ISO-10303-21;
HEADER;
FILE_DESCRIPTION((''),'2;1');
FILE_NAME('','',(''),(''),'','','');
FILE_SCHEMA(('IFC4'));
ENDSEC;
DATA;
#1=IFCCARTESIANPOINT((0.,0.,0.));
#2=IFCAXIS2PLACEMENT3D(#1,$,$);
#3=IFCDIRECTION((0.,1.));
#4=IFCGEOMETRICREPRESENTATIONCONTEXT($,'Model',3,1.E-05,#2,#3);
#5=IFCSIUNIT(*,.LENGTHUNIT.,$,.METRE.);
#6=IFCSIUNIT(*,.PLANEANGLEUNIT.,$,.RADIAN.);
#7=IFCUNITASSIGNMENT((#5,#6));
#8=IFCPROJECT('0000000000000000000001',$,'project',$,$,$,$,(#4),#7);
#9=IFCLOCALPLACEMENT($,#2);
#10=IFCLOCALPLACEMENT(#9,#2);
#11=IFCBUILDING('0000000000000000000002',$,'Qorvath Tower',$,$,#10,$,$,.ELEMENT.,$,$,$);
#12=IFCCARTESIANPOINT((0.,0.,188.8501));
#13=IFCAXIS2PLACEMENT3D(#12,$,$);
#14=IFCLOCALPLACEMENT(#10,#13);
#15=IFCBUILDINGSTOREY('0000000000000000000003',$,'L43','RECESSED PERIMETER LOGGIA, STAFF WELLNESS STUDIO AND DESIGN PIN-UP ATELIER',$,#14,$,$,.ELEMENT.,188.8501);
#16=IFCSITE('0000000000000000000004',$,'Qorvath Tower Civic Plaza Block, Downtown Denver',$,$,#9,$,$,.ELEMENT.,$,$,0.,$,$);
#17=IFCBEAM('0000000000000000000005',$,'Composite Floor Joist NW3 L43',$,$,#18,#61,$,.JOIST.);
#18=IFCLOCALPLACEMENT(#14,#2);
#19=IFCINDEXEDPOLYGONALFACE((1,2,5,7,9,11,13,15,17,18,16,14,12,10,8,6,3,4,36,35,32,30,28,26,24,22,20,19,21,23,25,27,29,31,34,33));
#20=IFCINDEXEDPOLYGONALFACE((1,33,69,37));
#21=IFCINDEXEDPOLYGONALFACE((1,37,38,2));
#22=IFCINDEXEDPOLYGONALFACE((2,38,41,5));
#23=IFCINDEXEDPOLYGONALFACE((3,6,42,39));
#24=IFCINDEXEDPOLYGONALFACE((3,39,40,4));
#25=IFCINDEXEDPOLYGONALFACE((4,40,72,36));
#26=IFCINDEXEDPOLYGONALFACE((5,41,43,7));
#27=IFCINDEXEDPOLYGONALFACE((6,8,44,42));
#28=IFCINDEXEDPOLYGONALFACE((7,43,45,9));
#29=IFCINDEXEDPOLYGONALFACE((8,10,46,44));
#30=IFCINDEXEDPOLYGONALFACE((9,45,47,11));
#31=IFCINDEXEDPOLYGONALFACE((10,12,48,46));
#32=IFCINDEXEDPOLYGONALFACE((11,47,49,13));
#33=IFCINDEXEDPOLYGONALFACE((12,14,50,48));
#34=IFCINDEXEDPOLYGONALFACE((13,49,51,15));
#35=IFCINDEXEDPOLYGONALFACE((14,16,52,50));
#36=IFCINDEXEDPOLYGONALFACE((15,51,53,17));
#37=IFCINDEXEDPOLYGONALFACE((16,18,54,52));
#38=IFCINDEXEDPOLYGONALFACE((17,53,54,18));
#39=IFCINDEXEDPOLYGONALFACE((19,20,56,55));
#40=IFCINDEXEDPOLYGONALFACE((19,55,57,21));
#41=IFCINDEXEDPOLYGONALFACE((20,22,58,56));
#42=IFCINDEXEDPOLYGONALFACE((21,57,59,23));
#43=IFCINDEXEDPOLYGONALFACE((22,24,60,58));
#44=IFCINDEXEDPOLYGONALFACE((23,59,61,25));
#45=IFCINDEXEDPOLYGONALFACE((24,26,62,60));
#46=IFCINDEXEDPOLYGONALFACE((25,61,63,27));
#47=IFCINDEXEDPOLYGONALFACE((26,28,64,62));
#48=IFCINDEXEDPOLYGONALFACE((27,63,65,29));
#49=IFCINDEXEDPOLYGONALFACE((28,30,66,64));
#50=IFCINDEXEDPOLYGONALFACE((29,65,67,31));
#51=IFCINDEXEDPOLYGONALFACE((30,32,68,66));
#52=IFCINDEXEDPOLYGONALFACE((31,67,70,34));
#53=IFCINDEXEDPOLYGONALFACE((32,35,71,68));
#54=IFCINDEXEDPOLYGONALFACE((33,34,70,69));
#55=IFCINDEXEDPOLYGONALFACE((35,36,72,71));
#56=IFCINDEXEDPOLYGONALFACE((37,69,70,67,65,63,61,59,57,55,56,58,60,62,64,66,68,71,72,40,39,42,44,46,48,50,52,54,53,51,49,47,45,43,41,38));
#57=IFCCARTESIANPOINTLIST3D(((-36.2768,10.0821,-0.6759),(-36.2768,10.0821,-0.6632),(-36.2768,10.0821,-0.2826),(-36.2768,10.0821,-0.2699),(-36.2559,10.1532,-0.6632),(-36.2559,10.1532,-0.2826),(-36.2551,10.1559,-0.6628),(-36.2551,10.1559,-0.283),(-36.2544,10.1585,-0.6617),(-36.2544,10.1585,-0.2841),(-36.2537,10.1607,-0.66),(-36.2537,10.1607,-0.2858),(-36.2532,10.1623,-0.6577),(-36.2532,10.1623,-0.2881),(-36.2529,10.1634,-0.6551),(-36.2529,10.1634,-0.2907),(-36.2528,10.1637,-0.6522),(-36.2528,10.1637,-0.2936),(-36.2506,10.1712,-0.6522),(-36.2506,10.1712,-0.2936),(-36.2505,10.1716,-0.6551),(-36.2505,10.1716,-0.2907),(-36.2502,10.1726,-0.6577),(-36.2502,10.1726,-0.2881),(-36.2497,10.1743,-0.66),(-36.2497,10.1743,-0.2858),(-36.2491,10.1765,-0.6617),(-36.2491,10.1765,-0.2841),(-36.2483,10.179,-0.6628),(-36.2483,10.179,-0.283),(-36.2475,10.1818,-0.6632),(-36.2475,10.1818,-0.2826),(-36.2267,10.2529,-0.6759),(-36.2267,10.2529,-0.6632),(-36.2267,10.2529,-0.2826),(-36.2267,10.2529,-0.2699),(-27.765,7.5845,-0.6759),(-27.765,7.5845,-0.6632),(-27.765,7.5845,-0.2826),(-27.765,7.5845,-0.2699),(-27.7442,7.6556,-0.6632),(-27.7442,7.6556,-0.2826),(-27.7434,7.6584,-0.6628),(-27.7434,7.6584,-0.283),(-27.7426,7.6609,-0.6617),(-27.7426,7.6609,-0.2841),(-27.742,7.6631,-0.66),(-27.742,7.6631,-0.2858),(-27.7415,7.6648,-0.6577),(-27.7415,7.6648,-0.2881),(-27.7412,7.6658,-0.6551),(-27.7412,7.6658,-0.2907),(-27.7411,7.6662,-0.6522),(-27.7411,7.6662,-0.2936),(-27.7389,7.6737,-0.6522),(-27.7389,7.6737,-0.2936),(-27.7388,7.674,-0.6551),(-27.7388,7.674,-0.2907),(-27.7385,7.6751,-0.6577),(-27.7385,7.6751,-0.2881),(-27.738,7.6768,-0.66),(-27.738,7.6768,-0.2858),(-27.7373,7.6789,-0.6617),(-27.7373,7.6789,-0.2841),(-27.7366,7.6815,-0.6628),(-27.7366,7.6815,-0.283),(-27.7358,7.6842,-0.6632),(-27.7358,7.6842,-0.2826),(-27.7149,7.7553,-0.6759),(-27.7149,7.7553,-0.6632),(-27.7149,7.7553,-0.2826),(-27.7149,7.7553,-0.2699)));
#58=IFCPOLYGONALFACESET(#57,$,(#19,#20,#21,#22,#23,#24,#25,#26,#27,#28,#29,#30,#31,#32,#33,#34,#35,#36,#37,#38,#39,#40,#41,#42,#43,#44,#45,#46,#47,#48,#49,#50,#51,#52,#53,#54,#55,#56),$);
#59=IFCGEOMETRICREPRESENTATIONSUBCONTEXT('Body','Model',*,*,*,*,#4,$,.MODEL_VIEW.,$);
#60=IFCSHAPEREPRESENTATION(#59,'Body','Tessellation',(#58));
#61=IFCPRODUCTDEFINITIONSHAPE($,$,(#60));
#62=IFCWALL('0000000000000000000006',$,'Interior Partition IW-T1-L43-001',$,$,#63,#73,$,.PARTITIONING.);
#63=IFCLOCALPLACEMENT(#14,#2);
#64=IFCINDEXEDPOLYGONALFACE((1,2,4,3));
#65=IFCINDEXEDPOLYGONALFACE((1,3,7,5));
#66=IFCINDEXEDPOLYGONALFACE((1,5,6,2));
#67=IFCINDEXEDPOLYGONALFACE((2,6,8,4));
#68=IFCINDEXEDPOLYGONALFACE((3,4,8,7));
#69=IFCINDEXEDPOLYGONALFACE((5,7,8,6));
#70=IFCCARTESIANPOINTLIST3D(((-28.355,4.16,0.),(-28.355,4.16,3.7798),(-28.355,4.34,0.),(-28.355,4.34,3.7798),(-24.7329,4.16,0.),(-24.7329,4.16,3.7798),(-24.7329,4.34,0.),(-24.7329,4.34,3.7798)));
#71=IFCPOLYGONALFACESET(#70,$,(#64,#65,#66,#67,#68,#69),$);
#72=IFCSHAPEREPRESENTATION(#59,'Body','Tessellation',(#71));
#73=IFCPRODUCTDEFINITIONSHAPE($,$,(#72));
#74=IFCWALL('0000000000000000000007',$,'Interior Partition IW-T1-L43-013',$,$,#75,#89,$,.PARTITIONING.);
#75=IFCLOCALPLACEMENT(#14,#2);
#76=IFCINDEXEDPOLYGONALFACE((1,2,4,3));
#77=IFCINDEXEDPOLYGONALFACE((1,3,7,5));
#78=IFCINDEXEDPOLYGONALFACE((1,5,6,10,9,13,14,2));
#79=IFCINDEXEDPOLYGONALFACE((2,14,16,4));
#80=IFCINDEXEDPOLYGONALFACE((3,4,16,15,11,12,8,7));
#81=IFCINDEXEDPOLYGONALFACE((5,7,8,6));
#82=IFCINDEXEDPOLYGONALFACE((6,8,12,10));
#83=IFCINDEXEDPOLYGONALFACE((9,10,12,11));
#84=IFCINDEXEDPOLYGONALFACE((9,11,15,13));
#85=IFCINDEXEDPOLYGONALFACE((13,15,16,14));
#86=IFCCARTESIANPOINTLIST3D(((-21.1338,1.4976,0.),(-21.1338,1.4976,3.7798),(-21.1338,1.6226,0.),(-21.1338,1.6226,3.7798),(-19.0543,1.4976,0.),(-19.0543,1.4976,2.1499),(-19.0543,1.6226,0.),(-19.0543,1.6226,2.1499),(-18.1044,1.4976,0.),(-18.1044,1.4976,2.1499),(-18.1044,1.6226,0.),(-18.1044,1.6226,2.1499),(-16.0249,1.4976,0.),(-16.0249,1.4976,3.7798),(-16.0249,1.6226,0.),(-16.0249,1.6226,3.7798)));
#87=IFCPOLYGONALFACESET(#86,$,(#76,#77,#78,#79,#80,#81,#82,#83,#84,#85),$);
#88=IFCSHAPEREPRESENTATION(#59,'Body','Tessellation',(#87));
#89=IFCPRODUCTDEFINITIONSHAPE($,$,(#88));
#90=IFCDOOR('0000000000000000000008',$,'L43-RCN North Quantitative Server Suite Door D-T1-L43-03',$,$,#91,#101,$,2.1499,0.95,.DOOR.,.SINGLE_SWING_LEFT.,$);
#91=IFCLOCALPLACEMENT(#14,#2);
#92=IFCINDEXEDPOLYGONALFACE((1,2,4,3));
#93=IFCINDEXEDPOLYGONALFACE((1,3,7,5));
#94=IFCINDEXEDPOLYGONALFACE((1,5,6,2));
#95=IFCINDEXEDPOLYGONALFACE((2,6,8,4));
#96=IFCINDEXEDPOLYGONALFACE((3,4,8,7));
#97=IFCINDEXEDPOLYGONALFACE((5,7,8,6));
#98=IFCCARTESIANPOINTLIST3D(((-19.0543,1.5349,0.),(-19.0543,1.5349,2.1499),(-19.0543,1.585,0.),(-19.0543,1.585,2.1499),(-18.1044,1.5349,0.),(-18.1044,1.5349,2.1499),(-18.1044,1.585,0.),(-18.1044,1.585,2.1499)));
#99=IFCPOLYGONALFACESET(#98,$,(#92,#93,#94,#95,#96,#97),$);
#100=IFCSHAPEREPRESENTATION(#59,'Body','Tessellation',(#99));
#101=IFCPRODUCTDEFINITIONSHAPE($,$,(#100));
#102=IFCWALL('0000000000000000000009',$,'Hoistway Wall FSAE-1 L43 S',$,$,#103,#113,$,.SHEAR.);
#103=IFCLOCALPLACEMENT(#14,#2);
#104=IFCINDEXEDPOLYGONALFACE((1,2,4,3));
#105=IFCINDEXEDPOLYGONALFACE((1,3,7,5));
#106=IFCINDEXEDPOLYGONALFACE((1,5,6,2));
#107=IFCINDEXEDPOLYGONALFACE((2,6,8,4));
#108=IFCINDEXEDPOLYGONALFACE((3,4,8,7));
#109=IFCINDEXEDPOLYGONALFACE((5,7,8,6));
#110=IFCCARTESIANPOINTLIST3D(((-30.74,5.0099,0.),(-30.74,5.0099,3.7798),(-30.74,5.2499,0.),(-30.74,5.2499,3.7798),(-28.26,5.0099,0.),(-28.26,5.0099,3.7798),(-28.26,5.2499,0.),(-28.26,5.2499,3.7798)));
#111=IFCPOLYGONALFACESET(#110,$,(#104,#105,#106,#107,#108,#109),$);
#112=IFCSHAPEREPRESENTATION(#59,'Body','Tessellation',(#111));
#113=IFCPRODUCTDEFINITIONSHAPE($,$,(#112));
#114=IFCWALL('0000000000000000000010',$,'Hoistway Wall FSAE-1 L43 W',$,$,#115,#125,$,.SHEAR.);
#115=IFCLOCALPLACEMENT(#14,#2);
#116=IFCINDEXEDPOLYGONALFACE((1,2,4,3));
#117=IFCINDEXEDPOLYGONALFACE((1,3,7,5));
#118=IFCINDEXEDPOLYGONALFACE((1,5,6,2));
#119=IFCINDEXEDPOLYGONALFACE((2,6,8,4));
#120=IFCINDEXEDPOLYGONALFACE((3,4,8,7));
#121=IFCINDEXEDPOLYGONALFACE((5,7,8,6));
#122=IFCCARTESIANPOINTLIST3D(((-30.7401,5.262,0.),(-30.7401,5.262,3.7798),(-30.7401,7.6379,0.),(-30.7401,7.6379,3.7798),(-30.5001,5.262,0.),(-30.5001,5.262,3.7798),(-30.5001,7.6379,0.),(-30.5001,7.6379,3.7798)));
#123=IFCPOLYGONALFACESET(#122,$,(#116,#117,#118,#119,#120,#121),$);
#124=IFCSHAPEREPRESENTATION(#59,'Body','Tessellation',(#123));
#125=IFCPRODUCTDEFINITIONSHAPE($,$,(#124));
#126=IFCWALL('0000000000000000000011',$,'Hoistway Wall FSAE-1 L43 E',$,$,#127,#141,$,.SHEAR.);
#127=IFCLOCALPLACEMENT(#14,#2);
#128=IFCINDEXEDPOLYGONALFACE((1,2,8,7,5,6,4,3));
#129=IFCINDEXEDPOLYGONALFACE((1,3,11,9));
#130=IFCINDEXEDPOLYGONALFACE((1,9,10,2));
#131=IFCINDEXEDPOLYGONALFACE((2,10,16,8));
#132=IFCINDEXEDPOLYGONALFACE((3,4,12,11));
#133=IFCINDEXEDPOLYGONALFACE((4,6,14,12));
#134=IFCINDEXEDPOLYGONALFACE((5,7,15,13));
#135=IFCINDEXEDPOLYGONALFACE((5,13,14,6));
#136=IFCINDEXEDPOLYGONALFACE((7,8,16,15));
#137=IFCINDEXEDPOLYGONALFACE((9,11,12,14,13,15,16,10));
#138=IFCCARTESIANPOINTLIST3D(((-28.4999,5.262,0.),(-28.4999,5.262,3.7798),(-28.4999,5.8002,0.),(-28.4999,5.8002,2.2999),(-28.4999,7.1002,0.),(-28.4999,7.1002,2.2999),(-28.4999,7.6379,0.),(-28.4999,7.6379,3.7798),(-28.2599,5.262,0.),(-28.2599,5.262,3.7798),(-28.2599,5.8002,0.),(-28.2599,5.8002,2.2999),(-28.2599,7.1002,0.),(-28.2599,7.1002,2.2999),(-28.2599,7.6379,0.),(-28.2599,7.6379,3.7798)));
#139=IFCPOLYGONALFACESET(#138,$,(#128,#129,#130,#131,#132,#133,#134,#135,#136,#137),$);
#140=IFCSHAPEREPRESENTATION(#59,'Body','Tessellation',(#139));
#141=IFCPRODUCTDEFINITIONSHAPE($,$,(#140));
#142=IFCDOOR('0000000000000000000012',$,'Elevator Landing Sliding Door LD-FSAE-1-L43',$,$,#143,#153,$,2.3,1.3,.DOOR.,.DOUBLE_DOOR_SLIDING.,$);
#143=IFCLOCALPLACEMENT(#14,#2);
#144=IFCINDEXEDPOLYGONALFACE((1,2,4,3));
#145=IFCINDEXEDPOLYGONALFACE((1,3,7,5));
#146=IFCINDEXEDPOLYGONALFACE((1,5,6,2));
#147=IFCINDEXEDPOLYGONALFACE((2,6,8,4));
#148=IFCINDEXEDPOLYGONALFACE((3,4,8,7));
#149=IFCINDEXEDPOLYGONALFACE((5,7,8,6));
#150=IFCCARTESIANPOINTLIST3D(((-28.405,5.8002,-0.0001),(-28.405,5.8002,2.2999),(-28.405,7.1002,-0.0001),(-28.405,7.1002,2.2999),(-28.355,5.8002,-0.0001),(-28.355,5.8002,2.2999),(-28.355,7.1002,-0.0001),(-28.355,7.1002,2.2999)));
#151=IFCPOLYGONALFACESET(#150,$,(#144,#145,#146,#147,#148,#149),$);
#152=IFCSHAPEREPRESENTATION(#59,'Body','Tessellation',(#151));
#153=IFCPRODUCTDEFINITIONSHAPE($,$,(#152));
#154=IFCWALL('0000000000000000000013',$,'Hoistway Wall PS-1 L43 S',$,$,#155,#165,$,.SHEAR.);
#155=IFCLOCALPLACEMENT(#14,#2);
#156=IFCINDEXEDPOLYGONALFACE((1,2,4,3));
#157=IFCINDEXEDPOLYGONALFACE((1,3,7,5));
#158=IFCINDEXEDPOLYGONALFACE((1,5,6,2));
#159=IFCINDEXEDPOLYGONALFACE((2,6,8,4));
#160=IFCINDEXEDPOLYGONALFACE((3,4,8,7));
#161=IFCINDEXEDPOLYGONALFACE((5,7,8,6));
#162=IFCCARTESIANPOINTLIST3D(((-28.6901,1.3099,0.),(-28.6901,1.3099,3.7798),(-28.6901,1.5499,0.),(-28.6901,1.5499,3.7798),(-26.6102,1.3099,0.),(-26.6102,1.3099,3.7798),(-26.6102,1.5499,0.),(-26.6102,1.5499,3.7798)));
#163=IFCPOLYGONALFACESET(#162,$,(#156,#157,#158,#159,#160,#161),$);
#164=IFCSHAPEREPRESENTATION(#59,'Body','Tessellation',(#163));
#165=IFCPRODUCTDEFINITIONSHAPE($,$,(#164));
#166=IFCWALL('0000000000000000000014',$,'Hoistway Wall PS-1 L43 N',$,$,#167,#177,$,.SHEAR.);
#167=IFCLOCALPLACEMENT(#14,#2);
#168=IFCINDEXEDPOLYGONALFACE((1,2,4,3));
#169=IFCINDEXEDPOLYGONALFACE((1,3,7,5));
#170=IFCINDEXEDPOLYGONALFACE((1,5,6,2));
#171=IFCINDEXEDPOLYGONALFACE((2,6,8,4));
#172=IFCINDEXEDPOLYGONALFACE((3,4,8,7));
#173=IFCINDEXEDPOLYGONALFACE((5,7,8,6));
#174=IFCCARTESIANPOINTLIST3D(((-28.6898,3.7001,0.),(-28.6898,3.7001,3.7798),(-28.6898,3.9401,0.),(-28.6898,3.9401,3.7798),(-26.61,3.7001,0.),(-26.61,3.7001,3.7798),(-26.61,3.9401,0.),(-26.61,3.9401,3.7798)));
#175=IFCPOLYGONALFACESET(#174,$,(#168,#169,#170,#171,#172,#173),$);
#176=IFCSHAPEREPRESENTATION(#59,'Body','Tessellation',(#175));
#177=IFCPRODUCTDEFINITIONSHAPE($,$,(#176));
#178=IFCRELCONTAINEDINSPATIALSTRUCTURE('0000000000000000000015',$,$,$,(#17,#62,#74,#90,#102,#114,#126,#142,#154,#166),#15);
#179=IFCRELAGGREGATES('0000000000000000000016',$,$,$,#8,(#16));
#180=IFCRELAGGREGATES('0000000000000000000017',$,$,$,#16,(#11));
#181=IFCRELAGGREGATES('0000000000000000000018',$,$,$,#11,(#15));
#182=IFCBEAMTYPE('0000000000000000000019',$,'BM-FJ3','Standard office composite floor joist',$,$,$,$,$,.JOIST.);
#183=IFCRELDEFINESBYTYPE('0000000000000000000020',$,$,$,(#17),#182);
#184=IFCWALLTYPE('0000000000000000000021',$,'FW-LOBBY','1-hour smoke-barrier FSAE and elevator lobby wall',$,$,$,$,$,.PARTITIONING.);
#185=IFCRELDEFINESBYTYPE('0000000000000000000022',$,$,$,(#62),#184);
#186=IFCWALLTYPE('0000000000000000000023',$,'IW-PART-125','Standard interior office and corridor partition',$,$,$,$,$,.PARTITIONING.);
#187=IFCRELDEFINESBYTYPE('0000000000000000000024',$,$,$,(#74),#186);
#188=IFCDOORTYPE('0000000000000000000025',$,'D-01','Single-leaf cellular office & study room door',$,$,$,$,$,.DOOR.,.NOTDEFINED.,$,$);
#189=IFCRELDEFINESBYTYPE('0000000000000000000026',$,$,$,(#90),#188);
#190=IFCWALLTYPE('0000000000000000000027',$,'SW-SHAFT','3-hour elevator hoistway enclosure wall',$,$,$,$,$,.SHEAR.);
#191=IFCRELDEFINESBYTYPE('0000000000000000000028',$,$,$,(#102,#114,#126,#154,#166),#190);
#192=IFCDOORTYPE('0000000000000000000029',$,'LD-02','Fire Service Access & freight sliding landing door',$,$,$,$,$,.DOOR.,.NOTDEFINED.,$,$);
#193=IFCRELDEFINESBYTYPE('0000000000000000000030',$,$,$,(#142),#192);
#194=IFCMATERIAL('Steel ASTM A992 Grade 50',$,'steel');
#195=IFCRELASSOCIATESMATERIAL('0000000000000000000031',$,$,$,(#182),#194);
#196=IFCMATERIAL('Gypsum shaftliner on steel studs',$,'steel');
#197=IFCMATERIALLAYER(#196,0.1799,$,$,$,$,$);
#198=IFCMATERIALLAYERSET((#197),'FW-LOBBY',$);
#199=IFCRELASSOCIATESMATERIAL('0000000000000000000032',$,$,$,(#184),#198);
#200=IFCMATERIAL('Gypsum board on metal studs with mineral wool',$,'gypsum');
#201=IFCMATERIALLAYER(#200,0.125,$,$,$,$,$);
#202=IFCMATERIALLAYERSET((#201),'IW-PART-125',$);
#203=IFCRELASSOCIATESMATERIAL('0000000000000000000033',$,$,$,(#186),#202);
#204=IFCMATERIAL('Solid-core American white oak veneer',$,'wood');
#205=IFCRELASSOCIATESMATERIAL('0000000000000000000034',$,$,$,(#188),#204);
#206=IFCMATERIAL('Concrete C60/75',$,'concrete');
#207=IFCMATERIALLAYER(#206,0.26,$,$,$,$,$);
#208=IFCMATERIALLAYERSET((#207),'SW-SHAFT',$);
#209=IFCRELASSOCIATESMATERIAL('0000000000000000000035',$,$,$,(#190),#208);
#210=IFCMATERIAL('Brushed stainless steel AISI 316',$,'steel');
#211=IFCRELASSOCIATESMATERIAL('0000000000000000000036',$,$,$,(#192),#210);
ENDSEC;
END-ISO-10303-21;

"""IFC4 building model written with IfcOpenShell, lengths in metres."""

from ifc_helpers import new_model, si_unit, direction, frame, frame_2d, origin, origin_2d, place, context, subcontext, project, spatial, rectangle, i_section, extrude, material, layer, layer_set, material_profile, profile_set, type_object, element, fill, save


model = new_model("IFC4")

# Units and contexts
model_context = context("Model", 3, precision=1e-05, world=origin(), true_north=direction((0.0, 1.0)))
body_context = subcontext(model_context, "Body", "Model", "MODEL_VIEW")
ifc_project = project(units=[si_unit("LENGTHUNIT", "METRE"), si_unit("PLANEANGLEUNIT", "RADIAN")], contexts=[model_context])

# Site, building, storey
site_placement = place(None, origin())
site = spatial("IfcSite", under=ifc_project, at=site_placement, Name="Qorvath Tower Civic Plaza Block, Downtown Denver", CompositionType="ELEMENT", RefElevation=0.0)
building_placement = place(site_placement, origin())
building = spatial("IfcBuilding", under=site, at=building_placement, Name="Qorvath Tower", CompositionType="ELEMENT")
storey_placement = place(building_placement, frame((0.0, 0.0, 188.8501)))
storey = spatial("IfcBuildingStorey", under=building, at=storey_placement, Name="L43", Description="RECESSED PERIMETER LOGGIA, STAFF WELLNESS STUDIO AND DESIGN PIN-UP ATELIER", CompositionType="ELEMENT", Elevation=188.8501)

# Beam
ifc_material_1 = material(Name="Steel ASTM A992 Grade 50", Category="steel")
ifc_material_profile_1 = material_profile(ifc_material_1, i_section(OverallWidth=0.178, OverallDepth=0.406, WebThickness=0.0078, FlangeThickness=0.0127, FilletRadius=0.011, at=origin_2d()), Name="W16x40")
ifc_profile_set_1 = profile_set([ifc_material_profile_1], Name="Steel ASTM A992 Grade 50")
beam_type_1 = type_object("IfcBeamType", Name="BM-FJ3", Description="Standard office composite floor joist", PredefinedType="JOIST", material=ifc_profile_set_1)
beam_1_placement = place(storey_placement, frame((-27.74, 7.6699, -0.4729), z_axis=(-0.959545, 0.281555, 0.0), x_axis=(-0.281555, -0.959545, 0.0)))
element("IfcBeam", 1, at=beam_1_placement, inside=storey, type_object=beam_type_1, Name="Composite Floor Joist NW3 L43", PredefinedType="JOIST", context=body_context, shape_type="SweptSolid", body=[
    extrude(i_section(OverallWidth=0.178, OverallDepth=0.406, WebThickness=0.0078, FlangeThickness=0.0127, FilletRadius=0.011, at=origin_2d()), origin(), (0.0, 0.0, 1.0), 8.8706),
])

# Wall
ifc_material_2 = material(Name="Gypsum shaftliner on steel studs", Category="steel")
ifc_layer_1 = layer(ifc_material_2, 0.1799)
ifc_layer_set_1 = layer_set([ifc_layer_1], Name="FW-LOBBY")
wall_type_1 = type_object("IfcWallType", Name="FW-LOBBY", Description="1-hour smoke-barrier FSAE and elevator lobby wall", PredefinedType="PARTITIONING", material=ifc_layer_set_1)
wall_1_placement = place(storey_placement, frame((-28.355, 4.25, 0.0), z_axis=(0.0, 0.0, 1.0), x_axis=(1.0, 0.0, 0.0)))
element("IfcWall", 2, at=wall_1_placement, inside=storey, type_object=wall_type_1, Name="Interior Partition IW-T1-L43-001", PredefinedType="PARTITIONING", context=body_context, shape_type="SweptSolid", body=[
    extrude(rectangle(XDim=3.6221, YDim=0.1799, at=frame_2d((1.811, 0.0))), origin(), (0.0, 0.0, 1.0), 3.7798),
])

# Wall, opening, door
ifc_material_3 = material(Name="Gypsum board on metal studs with mineral wool", Category="gypsum")
ifc_layer_2 = layer(ifc_material_3, 0.125)
ifc_layer_set_2 = layer_set([ifc_layer_2], Name="IW-PART-125")
wall_type_2 = type_object("IfcWallType", Name="IW-PART-125", Description="Standard interior office and corridor partition", PredefinedType="PARTITIONING", material=ifc_layer_set_2)
wall_2_placement = place(storey_placement, frame((-21.1338, 1.5601, 0.0), z_axis=(0.0, 0.0, 1.0), x_axis=(1.0, 0.0, 0.0)))
wall_2 = element("IfcWall", 3, at=wall_2_placement, inside=storey, type_object=wall_type_2, Name="Interior Partition IW-T1-L43-013", PredefinedType="PARTITIONING", context=body_context, shape_type="SweptSolid", body=[
    extrude(rectangle(XDim=5.1089, YDim=0.125, at=frame_2d((2.5544, 0.0))), origin(), (0.0, 0.0, 1.0), 3.7798),
])
opening_1_placement = place(wall_2_placement, frame((2.0793, 0.0, 0.0)))
opening_1 = element("IfcOpeningElement", 4, at=opening_1_placement, cuts=wall_2, PredefinedType="OPENING", context=body_context, shape_type="SweptSolid", body=[
    extrude(rectangle(XDim=0.95, YDim=2.1499, at=frame_2d((0.4751, 1.075))), frame((0.0, 0.0725, 0.0), z_axis=(0.0, -1.0, 0.0), x_axis=(1.0, 0.0, 0.0)), (0.0, 0.0, 1.0), 0.145),
])
ifc_material_4 = material(Name="Solid-core American white oak veneer", Category="wood")
door_type_1 = type_object("IfcDoorType", Name="D-01", Description="Single-leaf cellular office & study room door", OperationType="NOTDEFINED", PredefinedType="DOOR", material=ifc_material_4)
door_1_placement = place(opening_1_placement, origin())
door_1 = element("IfcDoor", 5, at=door_1_placement, inside=storey, type_object=door_type_1, Name="L43-RCN North Quantitative Server Suite Door D-T1-L43-03", OperationType="SINGLE_SWING_LEFT", OverallHeight=2.1499, OverallWidth=0.95, PredefinedType="DOOR", context=body_context, shape_type="SweptSolid", body=[
    extrude(rectangle(XDim=0.95, YDim=2.1499, at=frame_2d((0.4751, 1.075))), frame((0.0, 0.0249, 0.0), z_axis=(0.0, -1.0, 0.0), x_axis=(1.0, 0.0, 0.0)), (0.0, 0.0, 1.0), 0.05),
])
fill(opening_1, door_1)

# Walls
ifc_material_5 = material(Name="Concrete C60/75", Category="concrete")
ifc_layer_3 = layer(ifc_material_5, 0.26)
ifc_layer_set_3 = layer_set([ifc_layer_3], Name="SW-SHAFT")
wall_type_3 = type_object("IfcWallType", Name="SW-SHAFT", Description="3-hour elevator hoistway enclosure wall", PredefinedType="SHEAR", material=ifc_layer_set_3)
wall_3_placement = place(storey_placement, frame((-28.26, 5.1299, 0.0), z_axis=(0.0, 0.0, 1.0), x_axis=(-1.0, 0.0, 0.0)))
element("IfcWall", 6, at=wall_3_placement, inside=storey, type_object=wall_type_3, Name="Hoistway Wall FSAE-1 L43 S", PredefinedType="SHEAR", context=body_context, shape_type="SweptSolid", body=[
    extrude(rectangle(XDim=2.48, YDim=0.24, at=frame_2d((1.24, 0.0))), origin(), (0.0, 0.0, 1.0), 3.7798),
])
wall_4_placement = place(storey_placement, frame((-30.6201, 5.262, 0.0), z_axis=(0.0, 0.0, 1.0), x_axis=(0.0, 1.0, 0.0)))
element("IfcWall", 7, at=wall_4_placement, inside=storey, type_object=wall_type_3, Name="Hoistway Wall FSAE-1 L43 W", PredefinedType="SHEAR", context=body_context, shape_type="SweptSolid", body=[
    extrude(rectangle(XDim=2.376, YDim=0.24, at=frame_2d((1.188, 0.0))), origin(), (0.0, 0.0, 1.0), 3.7798),
])

# Wall, opening, door
wall_5_placement = place(storey_placement, frame((-28.3799, 7.6379, 0.0), z_axis=(0.0, 0.0, 1.0), x_axis=(0.0, -1.0, 0.0)))
wall_5 = element("IfcWall", 8, at=wall_5_placement, inside=storey, type_object=wall_type_3, Name="Hoistway Wall FSAE-1 L43 E", PredefinedType="SHEAR", context=body_context, shape_type="SweptSolid", body=[
    extrude(rectangle(XDim=2.376, YDim=0.24, at=frame_2d((1.188, 0.0))), origin(), (0.0, 0.0, 1.0), 3.7798),
])
opening_2_placement = place(wall_5_placement, frame((0.5378, 0.0, 0.0)))
opening_2 = element("IfcOpeningElement", 9, at=opening_2_placement, cuts=wall_5, PredefinedType="OPENING", context=body_context, shape_type="SweptSolid", body=[
    extrude(rectangle(XDim=1.3, YDim=2.3, at=frame_2d((0.6499, 1.1499))), frame((0.0, 0.1299, 0.0), z_axis=(0.0, -1.0, 0.0), x_axis=(1.0, 0.0, 0.0)), (0.0, 0.0, 1.0), 0.26),
])
ifc_material_6 = material(Name="Brushed stainless steel AISI 316", Category="steel")
door_type_2 = type_object("IfcDoorType", Name="LD-02", Description="Fire Service Access & freight sliding landing door", OperationType="NOTDEFINED", PredefinedType="DOOR", material=ifc_material_6)
door_2_placement = place(opening_2_placement, origin())
door_2 = element("IfcDoor", 10, at=door_2_placement, inside=storey, type_object=door_type_2, Name="Elevator Landing Sliding Door LD-FSAE-1-L43", OperationType="DOUBLE_DOOR_SLIDING", OverallHeight=2.3, OverallWidth=1.3, PredefinedType="DOOR", context=body_context, shape_type="SweptSolid", body=[
    extrude(rectangle(XDim=1.3, YDim=2.3, at=frame_2d((0.6499, 1.1499))), frame((0.0, 0.0249, 0.0), z_axis=(0.0, -1.0, 0.0), x_axis=(1.0, 0.0, 0.0)), (0.0, 0.0, 1.0), 0.05),
])
fill(opening_2, door_2)

# Walls
for number, where, z_axis, x_axis, name in (
    (11, (-26.6101, 1.4299, 0.0), (0.0, 0.0, 1.0), (-1.0, 0.0, 0.0), "Hoistway Wall PS-1 L43 S"),
    (12, (-28.6899, 3.8201, 0.0), (0.0, 0.0, 1.0), (1.0, 0.0, 0.0), "Hoistway Wall PS-1 L43 N"),
):
    element("IfcWall", number, at=place(storey_placement, frame(where, z_axis=z_axis, x_axis=x_axis)), inside=storey, type_object=wall_type_3, Name=name, PredefinedType="SHEAR", context=body_context, shape_type="SweptSolid", body=[
        extrude(rectangle(XDim=2.0798, YDim=0.24, at=frame_2d((1.04, 0.0))), origin(), (0.0, 0.0, 1.0), 3.7798),
    ])

save(model, "model.ifc")
